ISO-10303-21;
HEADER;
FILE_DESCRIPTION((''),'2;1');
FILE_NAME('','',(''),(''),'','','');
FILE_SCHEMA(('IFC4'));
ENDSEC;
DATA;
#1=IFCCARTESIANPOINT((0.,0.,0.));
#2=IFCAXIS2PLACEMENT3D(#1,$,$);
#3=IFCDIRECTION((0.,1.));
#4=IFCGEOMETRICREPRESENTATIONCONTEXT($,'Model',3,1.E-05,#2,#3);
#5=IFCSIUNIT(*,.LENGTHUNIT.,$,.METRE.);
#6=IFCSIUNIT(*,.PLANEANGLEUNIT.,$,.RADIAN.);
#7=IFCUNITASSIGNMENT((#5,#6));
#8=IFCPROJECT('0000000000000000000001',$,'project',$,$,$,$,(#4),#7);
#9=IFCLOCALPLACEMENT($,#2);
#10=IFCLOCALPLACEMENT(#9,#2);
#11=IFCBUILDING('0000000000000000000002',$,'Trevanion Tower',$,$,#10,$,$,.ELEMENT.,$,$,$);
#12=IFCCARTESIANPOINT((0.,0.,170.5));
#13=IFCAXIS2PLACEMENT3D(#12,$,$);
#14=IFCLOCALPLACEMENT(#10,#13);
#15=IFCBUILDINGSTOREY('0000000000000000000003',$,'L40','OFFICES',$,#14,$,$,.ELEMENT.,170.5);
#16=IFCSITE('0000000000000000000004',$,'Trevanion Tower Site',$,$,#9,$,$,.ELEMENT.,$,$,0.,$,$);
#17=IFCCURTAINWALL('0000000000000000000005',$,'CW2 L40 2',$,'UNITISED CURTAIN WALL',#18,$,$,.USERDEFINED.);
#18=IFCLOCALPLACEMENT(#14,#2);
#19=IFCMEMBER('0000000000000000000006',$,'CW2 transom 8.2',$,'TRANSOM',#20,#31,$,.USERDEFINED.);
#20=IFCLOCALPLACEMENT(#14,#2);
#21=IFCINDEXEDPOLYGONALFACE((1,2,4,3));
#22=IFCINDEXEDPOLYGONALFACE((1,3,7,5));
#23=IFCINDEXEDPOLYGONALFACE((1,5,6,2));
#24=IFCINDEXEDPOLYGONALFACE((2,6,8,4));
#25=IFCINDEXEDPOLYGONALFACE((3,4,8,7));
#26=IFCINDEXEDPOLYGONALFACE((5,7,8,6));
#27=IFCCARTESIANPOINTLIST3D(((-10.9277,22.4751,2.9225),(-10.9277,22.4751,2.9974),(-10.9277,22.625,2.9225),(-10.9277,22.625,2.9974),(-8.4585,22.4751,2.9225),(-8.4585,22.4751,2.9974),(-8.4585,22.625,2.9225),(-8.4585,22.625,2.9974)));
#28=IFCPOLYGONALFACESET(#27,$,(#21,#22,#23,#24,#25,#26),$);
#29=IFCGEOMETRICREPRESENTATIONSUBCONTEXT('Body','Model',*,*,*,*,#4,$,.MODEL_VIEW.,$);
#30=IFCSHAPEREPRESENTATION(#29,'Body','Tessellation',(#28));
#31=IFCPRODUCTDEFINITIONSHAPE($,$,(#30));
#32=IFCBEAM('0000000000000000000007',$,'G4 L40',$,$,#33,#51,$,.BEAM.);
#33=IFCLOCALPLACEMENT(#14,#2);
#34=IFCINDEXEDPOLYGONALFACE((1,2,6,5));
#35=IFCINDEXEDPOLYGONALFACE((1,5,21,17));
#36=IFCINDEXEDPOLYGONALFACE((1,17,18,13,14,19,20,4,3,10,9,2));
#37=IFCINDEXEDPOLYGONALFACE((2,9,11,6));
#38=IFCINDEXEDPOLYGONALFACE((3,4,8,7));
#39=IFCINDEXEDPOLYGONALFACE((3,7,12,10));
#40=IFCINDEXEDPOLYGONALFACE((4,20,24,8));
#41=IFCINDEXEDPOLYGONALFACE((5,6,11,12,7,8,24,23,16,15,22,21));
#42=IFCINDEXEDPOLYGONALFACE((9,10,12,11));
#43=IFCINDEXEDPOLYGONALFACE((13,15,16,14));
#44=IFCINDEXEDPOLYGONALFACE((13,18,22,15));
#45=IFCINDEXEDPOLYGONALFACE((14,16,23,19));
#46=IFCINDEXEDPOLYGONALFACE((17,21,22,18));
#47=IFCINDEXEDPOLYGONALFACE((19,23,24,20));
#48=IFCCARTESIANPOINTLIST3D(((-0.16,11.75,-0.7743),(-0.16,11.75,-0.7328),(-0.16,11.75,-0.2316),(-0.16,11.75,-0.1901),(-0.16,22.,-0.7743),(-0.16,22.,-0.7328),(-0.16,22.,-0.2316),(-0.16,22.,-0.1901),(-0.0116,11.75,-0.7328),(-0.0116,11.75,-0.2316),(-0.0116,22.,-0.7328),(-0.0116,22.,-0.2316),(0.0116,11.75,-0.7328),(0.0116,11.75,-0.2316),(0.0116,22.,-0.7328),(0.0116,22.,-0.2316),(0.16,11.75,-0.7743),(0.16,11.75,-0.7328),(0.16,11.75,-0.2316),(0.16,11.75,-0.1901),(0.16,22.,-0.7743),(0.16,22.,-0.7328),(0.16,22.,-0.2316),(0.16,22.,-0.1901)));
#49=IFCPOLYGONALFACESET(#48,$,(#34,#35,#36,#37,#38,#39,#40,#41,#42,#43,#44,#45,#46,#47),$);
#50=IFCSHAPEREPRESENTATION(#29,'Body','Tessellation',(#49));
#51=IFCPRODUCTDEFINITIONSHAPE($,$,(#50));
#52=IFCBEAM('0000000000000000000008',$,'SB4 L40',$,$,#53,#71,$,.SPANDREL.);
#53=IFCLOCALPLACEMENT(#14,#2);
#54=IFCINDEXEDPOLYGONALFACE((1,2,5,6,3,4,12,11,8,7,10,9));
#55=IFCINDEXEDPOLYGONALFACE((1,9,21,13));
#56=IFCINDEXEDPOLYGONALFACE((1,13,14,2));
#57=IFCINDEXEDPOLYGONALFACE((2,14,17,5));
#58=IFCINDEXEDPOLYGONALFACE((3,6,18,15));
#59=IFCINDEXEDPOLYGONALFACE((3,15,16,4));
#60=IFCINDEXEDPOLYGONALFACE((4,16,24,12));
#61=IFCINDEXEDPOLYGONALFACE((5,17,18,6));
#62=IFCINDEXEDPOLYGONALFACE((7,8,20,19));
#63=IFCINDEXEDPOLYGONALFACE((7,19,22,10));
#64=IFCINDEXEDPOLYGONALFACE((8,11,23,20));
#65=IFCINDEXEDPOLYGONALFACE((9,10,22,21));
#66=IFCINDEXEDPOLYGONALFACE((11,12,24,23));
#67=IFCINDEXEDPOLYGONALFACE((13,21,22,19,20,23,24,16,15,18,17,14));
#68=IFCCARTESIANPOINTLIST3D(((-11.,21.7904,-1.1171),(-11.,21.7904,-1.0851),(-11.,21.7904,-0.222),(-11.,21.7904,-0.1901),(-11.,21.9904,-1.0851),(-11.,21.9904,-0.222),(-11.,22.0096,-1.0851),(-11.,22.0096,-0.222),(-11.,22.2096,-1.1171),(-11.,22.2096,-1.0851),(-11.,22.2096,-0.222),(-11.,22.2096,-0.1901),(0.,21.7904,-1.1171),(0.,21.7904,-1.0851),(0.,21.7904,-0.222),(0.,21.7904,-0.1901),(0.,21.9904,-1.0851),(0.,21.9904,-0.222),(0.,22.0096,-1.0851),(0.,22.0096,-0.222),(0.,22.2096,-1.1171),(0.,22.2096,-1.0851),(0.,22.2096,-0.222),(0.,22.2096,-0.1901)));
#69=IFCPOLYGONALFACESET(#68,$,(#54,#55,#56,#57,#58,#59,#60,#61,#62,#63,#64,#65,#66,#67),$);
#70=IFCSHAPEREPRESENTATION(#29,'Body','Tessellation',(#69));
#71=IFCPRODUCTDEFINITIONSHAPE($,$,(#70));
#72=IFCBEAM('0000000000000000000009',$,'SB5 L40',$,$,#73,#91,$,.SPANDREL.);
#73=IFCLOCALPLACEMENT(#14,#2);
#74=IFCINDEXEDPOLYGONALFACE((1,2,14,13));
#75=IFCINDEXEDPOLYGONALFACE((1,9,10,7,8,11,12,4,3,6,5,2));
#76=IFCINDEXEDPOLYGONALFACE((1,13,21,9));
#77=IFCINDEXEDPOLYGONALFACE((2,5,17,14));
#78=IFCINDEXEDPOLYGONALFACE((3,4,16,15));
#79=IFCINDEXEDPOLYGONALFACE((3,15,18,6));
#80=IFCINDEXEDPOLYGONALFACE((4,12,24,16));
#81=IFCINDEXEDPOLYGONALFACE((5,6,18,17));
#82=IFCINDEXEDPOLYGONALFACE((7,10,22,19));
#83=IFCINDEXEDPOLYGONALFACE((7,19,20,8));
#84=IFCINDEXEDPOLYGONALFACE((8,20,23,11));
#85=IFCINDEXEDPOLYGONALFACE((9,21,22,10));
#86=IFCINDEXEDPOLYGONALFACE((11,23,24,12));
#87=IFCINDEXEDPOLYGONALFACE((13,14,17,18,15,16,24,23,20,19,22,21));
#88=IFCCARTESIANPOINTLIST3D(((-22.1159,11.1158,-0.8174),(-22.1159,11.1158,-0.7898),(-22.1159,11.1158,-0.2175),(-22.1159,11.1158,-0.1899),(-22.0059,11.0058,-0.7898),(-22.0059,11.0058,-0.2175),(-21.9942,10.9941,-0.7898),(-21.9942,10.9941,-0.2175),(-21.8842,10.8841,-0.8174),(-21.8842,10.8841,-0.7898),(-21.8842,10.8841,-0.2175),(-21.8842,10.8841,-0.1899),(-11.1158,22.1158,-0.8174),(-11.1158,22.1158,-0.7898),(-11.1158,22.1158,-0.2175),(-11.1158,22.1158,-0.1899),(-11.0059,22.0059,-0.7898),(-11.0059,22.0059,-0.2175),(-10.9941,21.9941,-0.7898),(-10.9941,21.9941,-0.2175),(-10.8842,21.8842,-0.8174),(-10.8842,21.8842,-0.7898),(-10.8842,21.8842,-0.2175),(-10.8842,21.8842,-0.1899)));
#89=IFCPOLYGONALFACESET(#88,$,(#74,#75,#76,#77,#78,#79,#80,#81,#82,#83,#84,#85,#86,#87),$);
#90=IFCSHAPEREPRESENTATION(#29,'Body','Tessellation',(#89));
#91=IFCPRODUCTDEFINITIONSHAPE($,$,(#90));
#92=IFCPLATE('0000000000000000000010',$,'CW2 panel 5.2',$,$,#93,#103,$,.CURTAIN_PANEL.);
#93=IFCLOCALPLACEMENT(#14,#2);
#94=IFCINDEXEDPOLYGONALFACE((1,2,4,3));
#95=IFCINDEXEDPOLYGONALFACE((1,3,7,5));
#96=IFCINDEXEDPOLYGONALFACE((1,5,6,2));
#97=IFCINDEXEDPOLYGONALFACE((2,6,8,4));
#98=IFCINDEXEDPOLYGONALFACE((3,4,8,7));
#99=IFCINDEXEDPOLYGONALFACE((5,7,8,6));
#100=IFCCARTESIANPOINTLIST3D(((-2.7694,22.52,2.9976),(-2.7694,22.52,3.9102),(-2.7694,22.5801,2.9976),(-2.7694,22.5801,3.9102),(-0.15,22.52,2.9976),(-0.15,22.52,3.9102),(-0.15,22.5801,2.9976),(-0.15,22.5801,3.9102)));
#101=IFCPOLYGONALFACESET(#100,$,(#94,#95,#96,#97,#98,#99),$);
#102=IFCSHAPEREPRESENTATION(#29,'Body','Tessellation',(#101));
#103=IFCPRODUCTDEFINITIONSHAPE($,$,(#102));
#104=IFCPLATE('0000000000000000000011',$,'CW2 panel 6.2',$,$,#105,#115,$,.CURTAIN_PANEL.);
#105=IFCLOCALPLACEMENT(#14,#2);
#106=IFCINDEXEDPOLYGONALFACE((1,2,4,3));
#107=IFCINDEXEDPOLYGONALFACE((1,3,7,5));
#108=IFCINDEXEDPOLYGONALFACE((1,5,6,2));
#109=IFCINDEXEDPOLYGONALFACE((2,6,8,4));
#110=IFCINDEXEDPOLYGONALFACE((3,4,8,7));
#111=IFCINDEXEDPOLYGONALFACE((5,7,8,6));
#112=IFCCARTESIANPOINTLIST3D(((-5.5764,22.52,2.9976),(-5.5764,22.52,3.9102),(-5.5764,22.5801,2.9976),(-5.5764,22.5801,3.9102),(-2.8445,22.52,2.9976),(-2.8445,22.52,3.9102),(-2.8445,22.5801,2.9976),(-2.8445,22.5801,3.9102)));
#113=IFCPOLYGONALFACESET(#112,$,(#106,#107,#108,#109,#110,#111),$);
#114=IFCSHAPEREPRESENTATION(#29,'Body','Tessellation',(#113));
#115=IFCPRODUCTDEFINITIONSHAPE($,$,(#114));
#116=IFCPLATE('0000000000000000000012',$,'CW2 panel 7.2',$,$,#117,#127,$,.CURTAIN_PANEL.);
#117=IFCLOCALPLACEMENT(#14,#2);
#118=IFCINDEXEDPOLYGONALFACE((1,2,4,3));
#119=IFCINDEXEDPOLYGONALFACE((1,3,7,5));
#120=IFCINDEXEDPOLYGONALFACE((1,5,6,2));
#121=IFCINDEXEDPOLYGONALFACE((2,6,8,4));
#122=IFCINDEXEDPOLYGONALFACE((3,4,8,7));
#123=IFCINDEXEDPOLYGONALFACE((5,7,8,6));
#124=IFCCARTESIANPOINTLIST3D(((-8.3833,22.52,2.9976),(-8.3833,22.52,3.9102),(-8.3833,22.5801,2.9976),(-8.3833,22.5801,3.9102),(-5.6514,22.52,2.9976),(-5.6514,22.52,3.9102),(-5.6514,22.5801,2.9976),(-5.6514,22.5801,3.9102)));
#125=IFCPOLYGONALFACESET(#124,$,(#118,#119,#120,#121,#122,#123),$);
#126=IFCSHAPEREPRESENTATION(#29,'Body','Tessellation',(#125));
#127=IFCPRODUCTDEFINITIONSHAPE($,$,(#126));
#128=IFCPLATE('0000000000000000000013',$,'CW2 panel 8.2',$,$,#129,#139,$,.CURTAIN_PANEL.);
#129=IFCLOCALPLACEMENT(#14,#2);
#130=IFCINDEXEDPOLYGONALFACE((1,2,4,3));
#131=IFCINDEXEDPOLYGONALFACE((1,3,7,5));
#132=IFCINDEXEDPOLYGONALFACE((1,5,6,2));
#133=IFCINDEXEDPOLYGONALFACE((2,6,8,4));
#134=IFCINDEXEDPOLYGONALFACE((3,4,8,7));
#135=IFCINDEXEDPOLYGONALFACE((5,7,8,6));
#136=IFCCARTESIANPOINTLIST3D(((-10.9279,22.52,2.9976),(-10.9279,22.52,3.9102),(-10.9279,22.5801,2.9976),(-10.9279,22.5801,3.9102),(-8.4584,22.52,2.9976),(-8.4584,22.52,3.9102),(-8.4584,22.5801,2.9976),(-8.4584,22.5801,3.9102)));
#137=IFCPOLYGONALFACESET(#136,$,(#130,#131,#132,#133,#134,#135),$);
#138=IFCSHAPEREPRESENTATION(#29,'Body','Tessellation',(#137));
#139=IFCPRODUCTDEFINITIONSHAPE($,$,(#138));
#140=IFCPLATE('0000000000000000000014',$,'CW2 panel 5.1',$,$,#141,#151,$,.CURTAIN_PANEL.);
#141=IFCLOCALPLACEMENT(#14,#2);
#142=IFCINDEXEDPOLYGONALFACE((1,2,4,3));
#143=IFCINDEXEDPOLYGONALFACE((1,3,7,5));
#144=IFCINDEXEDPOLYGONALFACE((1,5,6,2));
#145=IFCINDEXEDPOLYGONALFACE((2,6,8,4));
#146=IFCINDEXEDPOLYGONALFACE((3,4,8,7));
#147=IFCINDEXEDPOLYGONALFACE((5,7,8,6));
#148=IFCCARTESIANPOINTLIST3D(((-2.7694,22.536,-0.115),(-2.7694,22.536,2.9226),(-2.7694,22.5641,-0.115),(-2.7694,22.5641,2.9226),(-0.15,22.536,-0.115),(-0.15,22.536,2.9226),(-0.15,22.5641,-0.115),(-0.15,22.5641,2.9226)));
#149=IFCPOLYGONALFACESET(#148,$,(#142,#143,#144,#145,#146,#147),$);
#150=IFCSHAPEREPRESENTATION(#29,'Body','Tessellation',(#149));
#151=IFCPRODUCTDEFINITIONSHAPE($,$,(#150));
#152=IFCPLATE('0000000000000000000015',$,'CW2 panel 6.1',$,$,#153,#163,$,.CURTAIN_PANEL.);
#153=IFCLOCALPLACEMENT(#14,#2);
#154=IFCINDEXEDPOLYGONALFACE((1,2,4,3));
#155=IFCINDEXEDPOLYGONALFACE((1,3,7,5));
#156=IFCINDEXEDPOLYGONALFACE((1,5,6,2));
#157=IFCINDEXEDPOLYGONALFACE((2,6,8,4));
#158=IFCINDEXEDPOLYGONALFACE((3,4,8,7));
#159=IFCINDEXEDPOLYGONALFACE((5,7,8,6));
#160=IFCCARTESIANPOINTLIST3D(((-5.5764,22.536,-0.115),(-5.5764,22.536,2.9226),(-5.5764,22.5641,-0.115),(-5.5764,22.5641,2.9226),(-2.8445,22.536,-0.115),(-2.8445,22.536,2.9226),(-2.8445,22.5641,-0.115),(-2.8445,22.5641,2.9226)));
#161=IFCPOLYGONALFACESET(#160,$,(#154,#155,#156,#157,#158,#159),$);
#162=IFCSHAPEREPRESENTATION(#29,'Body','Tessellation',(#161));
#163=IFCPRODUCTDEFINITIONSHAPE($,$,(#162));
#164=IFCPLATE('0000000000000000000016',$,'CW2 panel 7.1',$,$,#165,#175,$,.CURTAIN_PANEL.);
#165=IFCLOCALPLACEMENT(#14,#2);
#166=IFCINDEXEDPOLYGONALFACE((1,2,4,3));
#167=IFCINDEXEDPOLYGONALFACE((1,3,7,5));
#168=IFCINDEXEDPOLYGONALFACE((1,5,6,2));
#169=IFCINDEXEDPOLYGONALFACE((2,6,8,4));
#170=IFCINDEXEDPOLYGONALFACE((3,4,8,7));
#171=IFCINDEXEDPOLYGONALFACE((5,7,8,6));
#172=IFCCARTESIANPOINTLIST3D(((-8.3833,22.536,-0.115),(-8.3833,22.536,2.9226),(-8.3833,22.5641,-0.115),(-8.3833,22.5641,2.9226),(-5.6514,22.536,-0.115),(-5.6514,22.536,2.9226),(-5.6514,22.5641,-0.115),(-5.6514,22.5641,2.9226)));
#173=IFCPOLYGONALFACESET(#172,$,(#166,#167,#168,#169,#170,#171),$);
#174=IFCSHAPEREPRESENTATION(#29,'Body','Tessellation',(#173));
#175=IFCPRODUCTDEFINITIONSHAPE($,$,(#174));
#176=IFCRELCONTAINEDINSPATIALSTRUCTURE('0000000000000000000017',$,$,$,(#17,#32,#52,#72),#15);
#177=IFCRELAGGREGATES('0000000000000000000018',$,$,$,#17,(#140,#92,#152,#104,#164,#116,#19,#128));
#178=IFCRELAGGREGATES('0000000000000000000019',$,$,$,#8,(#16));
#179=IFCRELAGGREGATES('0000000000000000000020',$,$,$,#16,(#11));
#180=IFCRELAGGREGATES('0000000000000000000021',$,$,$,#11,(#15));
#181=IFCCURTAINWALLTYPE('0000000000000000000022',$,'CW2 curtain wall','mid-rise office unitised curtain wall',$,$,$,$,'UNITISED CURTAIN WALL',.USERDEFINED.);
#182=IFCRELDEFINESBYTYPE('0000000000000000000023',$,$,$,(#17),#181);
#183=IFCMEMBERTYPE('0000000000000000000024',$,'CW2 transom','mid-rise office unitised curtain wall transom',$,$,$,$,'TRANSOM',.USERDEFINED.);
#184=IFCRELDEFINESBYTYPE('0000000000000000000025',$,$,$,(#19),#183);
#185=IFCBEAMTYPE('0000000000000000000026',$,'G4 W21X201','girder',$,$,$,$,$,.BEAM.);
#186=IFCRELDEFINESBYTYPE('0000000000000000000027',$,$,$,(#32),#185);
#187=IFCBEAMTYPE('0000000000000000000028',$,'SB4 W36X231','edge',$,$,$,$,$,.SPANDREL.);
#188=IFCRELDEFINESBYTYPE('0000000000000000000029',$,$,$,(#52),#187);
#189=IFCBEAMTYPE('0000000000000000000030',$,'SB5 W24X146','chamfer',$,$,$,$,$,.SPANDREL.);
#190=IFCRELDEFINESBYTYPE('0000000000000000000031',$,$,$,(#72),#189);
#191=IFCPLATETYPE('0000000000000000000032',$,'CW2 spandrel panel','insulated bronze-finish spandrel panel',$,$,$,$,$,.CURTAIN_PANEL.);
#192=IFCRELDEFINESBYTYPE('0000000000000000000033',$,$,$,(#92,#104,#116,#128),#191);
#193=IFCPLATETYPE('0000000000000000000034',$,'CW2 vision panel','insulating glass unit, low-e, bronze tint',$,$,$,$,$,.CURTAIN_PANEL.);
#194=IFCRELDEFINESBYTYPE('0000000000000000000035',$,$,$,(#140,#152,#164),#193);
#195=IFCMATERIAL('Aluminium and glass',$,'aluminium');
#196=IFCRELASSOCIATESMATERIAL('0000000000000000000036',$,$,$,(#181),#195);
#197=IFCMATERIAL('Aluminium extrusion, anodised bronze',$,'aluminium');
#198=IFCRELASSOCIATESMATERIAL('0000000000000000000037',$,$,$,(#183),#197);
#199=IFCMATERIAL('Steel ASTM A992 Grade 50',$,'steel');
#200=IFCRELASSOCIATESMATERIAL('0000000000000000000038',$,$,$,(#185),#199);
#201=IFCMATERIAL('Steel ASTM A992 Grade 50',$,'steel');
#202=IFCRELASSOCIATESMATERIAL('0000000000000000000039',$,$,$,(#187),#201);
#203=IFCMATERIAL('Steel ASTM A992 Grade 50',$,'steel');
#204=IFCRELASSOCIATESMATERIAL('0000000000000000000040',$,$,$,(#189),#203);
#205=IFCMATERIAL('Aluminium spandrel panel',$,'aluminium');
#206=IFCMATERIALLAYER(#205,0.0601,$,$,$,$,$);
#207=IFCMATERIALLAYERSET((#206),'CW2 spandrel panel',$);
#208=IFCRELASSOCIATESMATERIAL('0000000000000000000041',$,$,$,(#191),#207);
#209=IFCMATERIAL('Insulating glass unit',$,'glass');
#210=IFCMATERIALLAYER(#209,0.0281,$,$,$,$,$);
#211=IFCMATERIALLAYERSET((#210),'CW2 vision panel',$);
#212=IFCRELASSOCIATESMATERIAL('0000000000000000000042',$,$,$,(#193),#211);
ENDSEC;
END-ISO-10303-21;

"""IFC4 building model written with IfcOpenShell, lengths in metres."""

from ifc_helpers import new_model, si_unit, direction, frame, origin, origin_2d, place, context, subcontext, project, spatial, rectangle, i_section, extrude, material, layer, layer_set, material_profile, profile_set, type_object, element, aggregate, save


model = new_model("IFC4")

# Units and contexts
model_context = context("Model", 3, precision=1e-05, world=origin(), true_north=direction((0.0, 1.0)))
body_context = subcontext(model_context, "Body", "Model", "MODEL_VIEW")
ifc_project = project(units=[si_unit("LENGTHUNIT", "METRE"), si_unit("PLANEANGLEUNIT", "RADIAN")], contexts=[model_context])

# Site, building, storey
site_placement = place(None, origin())
site = spatial("IfcSite", under=ifc_project, at=site_placement, Name="Trevanion Tower Site", CompositionType="ELEMENT", RefElevation=0.0)
building_placement = place(site_placement, origin())
building = spatial("IfcBuilding", under=site, at=building_placement, Name="Trevanion Tower", CompositionType="ELEMENT")
storey_placement = place(building_placement, frame((0.0, 0.0, 170.5)))
storey = spatial("IfcBuildingStorey", under=building, at=storey_placement, Name="L40", Description="OFFICES", CompositionType="ELEMENT", Elevation=170.5)

# Curtain wall, member
ifc_material_1 = material(Name="Aluminium and glass", Category="aluminium")
curtain_wall_type = type_object("IfcCurtainWallType", Name="CW2 curtain wall", Description="mid-rise office unitised curtain wall", ElementType="UNITISED CURTAIN WALL", PredefinedType="USERDEFINED", material=ifc_material_1)
curtain_wall_placement = place(storey_placement, origin())
curtain_wall = element("IfcCurtainWall", 1, at=curtain_wall_placement, inside=storey, type_object=curtain_wall_type, Name="CW2 L40 2", ObjectType="UNITISED CURTAIN WALL", PredefinedType="USERDEFINED")
ifc_material_2 = material(Name="Aluminium extrusion, anodised bronze", Category="aluminium")
ifc_material_profile_1 = material_profile(ifc_material_2, rectangle(XDim=0.1499, YDim=0.075, at=origin_2d()), Name="CW2 transom")
ifc_profile_set_1 = profile_set([ifc_material_profile_1], Name="Aluminium extrusion, anodised bronze")
member_type_1 = type_object("IfcMemberType", Name="CW2 transom", Description="mid-rise office unitised curtain wall transom", ElementType="TRANSOM", PredefinedType="USERDEFINED", material=ifc_profile_set_1)
member_1_placement = place(storey_placement, frame((-8.4585, 22.55, 2.96), z_axis=(-1.0, 0.0, 0.0), x_axis=(0.0, -1.0, 0.0)))
member_1 = element("IfcMember", 2, at=member_1_placement, type_object=member_type_1, Name="CW2 transom 8.2", ObjectType="TRANSOM", PredefinedType="USERDEFINED", context=body_context, shape_type="SweptSolid", body=[
    extrude(rectangle(XDim=0.1499, YDim=0.075, at=origin_2d()), origin(), (0.0, 0.0, 1.0), 2.4692),
])

# Beams
ifc_material_3 = material(Name="Steel ASTM A992 Grade 50", Category="steel")
ifc_material_profile_2 = material_profile(ifc_material_3, i_section(OverallWidth=0.3201, OverallDepth=0.5842, WebThickness=0.0232, FlangeThickness=0.0415, at=origin_2d()), Name="W21X201")
ifc_profile_set_2 = profile_set([ifc_material_profile_2], Name="Steel ASTM A992 Grade 50")
beam_type_1 = type_object("IfcBeamType", Name="G4 W21X201", Description="girder", PredefinedType="BEAM", material=ifc_profile_set_2)
beam_1_placement = place(storey_placement, frame((0.0, 11.75, -0.4822), z_axis=(0.0, 1.0, 0.0), x_axis=(-1.0, 0.0, 0.0)))
element("IfcBeam", 3, at=beam_1_placement, inside=storey, type_object=beam_type_1, Name="G4 L40", PredefinedType="BEAM", context=body_context, shape_type="SweptSolid", body=[
    extrude(i_section(OverallWidth=0.3201, OverallDepth=0.5842, WebThickness=0.0232, FlangeThickness=0.0415, at=origin_2d()), origin(), (0.0, 0.0, 1.0), 10.25),
])
ifc_material_4 = material(Name="Steel ASTM A992 Grade 50", Category="steel")
ifc_material_profile_3 = material_profile(ifc_material_4, i_section(OverallWidth=0.4192, OverallDepth=0.927, WebThickness=0.0193, FlangeThickness=0.032, at=origin_2d()), Name="W36X231")
ifc_profile_set_3 = profile_set([ifc_material_profile_3], Name="Steel ASTM A992 Grade 50")
beam_type_2 = type_object("IfcBeamType", Name="SB4 W36X231", Description="edge", PredefinedType="SPANDREL", material=ifc_profile_set_3)
beam_2_placement = place(storey_placement, frame((0.0, 22.0, -0.6536), z_axis=(-1.0, 0.0, 0.0), x_axis=(0.0, -1.0, 0.0)))
element("IfcBeam", 4, at=beam_2_placement, inside=storey, type_object=beam_type_2, Name="SB4 L40", PredefinedType="SPANDREL", context=body_context, shape_type="SweptSolid", body=[
    extrude(i_section(OverallWidth=0.4192, OverallDepth=0.927, WebThickness=0.0193, FlangeThickness=0.032, at=origin_2d()), origin(), (0.0, 0.0, 1.0), 11.0),
])
ifc_material_5 = material(Name="Steel ASTM A992 Grade 50", Category="steel")
ifc_material_profile_4 = material_profile(ifc_material_5, i_section(OverallWidth=0.3276, OverallDepth=0.6274, WebThickness=0.0166, FlangeThickness=0.0276, at=origin_2d()), Name="W24X146")
ifc_profile_set_4 = profile_set([ifc_material_profile_4], Name="Steel ASTM A992 Grade 50")
beam_type_3 = type_object("IfcBeamType", Name="SB5 W24X146", Description="chamfer", PredefinedType="SPANDREL", material=ifc_profile_set_4)
beam_3_placement = place(storey_placement, frame((-11.0, 22.0, -0.5037), z_axis=(-0.707107, -0.707107, 0.0), x_axis=(0.707107, -0.707107, 0.0)))
element("IfcBeam", 5, at=beam_3_placement, inside=storey, type_object=beam_type_3, Name="SB5 L40", PredefinedType="SPANDREL", context=body_context, shape_type="SweptSolid", body=[
    extrude(i_section(OverallWidth=0.3276, OverallDepth=0.6274, WebThickness=0.0166, FlangeThickness=0.0276, at=origin_2d()), origin(), (0.0, 0.0, 1.0), 15.5564),
])

# Plates
ifc_material_6 = material(Name="Aluminium spandrel panel", Category="aluminium")
ifc_layer_1 = layer(ifc_material_6, 0.0601)
ifc_layer_set_1 = layer_set([ifc_layer_1], Name="CW2 spandrel panel")
plate_type_1 = type_object("IfcPlateType", Name="CW2 spandrel panel", Description="insulated bronze-finish spandrel panel", PredefinedType="CURTAIN_PANEL", material=ifc_layer_set_1)
plate_1_placement = place(storey_placement, frame((-1.4597, 22.55, 2.9976), z_axis=(0.0, 0.0, 1.0), x_axis=(-1.0, 0.0, 0.0)))
plate_1 = element("IfcPlate", 6, at=plate_1_placement, type_object=plate_type_1, Name="CW2 panel 5.2", PredefinedType="CURTAIN_PANEL", context=body_context, shape_type="SweptSolid", body=[
    extrude(rectangle(XDim=2.6194, YDim=0.0601, at=origin_2d()), origin(), (0.0, 0.0, 1.0), 0.9126),
])
plate_2_placement = place(storey_placement, frame((-4.2104, 22.55, 2.9976), z_axis=(0.0, 0.0, 1.0), x_axis=(-1.0, 0.0, 0.0)))
plate_2 = element("IfcPlate", 7, at=plate_2_placement, type_object=plate_type_1, Name="CW2 panel 6.2", PredefinedType="CURTAIN_PANEL", context=body_context, shape_type="SweptSolid", body=[
    extrude(rectangle(XDim=2.7319, YDim=0.0601, at=origin_2d()), origin(), (0.0, 0.0, 1.0), 0.9126),
])
plate_3_placement = place(storey_placement, frame((-7.0173, 22.55, 2.9976), z_axis=(0.0, 0.0, 1.0), x_axis=(-1.0, 0.0, 0.0)))
plate_3 = element("IfcPlate", 8, at=plate_3_placement, type_object=plate_type_1, Name="CW2 panel 7.2", PredefinedType="CURTAIN_PANEL", context=body_context, shape_type="SweptSolid", body=[
    extrude(rectangle(XDim=2.7319, YDim=0.0601, at=origin_2d()), origin(), (0.0, 0.0, 1.0), 0.9126),
])
plate_4_placement = place(storey_placement, frame((-9.6931, 22.55, 2.9976), z_axis=(0.0, 0.0, 1.0), x_axis=(-1.0, 0.0, 0.0)))
plate_4 = element("IfcPlate", 9, at=plate_4_placement, type_object=plate_type_1, Name="CW2 panel 8.2", PredefinedType="CURTAIN_PANEL", context=body_context, shape_type="SweptSolid", body=[
    extrude(rectangle(XDim=2.4695, YDim=0.0601, at=origin_2d()), origin(), (0.0, 0.0, 1.0), 0.9126),
])
ifc_material_7 = material(Name="Insulating glass unit", Category="glass")
ifc_layer_2 = layer(ifc_material_7, 0.0281)
ifc_layer_set_2 = layer_set([ifc_layer_2], Name="CW2 vision panel")
plate_type_2 = type_object("IfcPlateType", Name="CW2 vision panel", Description="insulating glass unit, low-e, bronze tint", PredefinedType="CURTAIN_PANEL", material=ifc_layer_set_2)
plate_5_placement = place(storey_placement, frame((-1.4597, 22.55, -0.115), z_axis=(0.0, 0.0, 1.0), x_axis=(-1.0, 0.0, 0.0)))
plate_5 = element("IfcPlate", 10, at=plate_5_placement, type_object=plate_type_2, Name="CW2 panel 5.1", PredefinedType="CURTAIN_PANEL", context=body_context, shape_type="SweptSolid", body=[
    extrude(rectangle(XDim=2.6194, YDim=0.0281, at=origin_2d()), origin(), (0.0, 0.0, 1.0), 3.0376),
])
plate_6_placement = place(storey_placement, frame((-4.2104, 22.55, -0.115), z_axis=(0.0, 0.0, 1.0), x_axis=(-1.0, 0.0, 0.0)))
plate_6 = element("IfcPlate", 11, at=plate_6_placement, type_object=plate_type_2, Name="CW2 panel 6.1", PredefinedType="CURTAIN_PANEL", context=body_context, shape_type="SweptSolid", body=[
    extrude(rectangle(XDim=2.7319, YDim=0.0281, at=origin_2d()), origin(), (0.0, 0.0, 1.0), 3.0376),
])
plate_7_placement = place(storey_placement, frame((-7.0173, 22.55, -0.115), z_axis=(0.0, 0.0, 1.0), x_axis=(-1.0, 0.0, 0.0)))
plate_7 = element("IfcPlate", 12, at=plate_7_placement, type_object=plate_type_2, Name="CW2 panel 7.1", PredefinedType="CURTAIN_PANEL", context=body_context, shape_type="SweptSolid", body=[
    extrude(rectangle(XDim=2.7319, YDim=0.0281, at=origin_2d()), origin(), (0.0, 0.0, 1.0), 3.0376),
])
aggregate(curtain_wall, [plate_5, plate_1, plate_6, plate_2, plate_7, plate_3, member_1, plate_4])

save(model, "model.ifc")
